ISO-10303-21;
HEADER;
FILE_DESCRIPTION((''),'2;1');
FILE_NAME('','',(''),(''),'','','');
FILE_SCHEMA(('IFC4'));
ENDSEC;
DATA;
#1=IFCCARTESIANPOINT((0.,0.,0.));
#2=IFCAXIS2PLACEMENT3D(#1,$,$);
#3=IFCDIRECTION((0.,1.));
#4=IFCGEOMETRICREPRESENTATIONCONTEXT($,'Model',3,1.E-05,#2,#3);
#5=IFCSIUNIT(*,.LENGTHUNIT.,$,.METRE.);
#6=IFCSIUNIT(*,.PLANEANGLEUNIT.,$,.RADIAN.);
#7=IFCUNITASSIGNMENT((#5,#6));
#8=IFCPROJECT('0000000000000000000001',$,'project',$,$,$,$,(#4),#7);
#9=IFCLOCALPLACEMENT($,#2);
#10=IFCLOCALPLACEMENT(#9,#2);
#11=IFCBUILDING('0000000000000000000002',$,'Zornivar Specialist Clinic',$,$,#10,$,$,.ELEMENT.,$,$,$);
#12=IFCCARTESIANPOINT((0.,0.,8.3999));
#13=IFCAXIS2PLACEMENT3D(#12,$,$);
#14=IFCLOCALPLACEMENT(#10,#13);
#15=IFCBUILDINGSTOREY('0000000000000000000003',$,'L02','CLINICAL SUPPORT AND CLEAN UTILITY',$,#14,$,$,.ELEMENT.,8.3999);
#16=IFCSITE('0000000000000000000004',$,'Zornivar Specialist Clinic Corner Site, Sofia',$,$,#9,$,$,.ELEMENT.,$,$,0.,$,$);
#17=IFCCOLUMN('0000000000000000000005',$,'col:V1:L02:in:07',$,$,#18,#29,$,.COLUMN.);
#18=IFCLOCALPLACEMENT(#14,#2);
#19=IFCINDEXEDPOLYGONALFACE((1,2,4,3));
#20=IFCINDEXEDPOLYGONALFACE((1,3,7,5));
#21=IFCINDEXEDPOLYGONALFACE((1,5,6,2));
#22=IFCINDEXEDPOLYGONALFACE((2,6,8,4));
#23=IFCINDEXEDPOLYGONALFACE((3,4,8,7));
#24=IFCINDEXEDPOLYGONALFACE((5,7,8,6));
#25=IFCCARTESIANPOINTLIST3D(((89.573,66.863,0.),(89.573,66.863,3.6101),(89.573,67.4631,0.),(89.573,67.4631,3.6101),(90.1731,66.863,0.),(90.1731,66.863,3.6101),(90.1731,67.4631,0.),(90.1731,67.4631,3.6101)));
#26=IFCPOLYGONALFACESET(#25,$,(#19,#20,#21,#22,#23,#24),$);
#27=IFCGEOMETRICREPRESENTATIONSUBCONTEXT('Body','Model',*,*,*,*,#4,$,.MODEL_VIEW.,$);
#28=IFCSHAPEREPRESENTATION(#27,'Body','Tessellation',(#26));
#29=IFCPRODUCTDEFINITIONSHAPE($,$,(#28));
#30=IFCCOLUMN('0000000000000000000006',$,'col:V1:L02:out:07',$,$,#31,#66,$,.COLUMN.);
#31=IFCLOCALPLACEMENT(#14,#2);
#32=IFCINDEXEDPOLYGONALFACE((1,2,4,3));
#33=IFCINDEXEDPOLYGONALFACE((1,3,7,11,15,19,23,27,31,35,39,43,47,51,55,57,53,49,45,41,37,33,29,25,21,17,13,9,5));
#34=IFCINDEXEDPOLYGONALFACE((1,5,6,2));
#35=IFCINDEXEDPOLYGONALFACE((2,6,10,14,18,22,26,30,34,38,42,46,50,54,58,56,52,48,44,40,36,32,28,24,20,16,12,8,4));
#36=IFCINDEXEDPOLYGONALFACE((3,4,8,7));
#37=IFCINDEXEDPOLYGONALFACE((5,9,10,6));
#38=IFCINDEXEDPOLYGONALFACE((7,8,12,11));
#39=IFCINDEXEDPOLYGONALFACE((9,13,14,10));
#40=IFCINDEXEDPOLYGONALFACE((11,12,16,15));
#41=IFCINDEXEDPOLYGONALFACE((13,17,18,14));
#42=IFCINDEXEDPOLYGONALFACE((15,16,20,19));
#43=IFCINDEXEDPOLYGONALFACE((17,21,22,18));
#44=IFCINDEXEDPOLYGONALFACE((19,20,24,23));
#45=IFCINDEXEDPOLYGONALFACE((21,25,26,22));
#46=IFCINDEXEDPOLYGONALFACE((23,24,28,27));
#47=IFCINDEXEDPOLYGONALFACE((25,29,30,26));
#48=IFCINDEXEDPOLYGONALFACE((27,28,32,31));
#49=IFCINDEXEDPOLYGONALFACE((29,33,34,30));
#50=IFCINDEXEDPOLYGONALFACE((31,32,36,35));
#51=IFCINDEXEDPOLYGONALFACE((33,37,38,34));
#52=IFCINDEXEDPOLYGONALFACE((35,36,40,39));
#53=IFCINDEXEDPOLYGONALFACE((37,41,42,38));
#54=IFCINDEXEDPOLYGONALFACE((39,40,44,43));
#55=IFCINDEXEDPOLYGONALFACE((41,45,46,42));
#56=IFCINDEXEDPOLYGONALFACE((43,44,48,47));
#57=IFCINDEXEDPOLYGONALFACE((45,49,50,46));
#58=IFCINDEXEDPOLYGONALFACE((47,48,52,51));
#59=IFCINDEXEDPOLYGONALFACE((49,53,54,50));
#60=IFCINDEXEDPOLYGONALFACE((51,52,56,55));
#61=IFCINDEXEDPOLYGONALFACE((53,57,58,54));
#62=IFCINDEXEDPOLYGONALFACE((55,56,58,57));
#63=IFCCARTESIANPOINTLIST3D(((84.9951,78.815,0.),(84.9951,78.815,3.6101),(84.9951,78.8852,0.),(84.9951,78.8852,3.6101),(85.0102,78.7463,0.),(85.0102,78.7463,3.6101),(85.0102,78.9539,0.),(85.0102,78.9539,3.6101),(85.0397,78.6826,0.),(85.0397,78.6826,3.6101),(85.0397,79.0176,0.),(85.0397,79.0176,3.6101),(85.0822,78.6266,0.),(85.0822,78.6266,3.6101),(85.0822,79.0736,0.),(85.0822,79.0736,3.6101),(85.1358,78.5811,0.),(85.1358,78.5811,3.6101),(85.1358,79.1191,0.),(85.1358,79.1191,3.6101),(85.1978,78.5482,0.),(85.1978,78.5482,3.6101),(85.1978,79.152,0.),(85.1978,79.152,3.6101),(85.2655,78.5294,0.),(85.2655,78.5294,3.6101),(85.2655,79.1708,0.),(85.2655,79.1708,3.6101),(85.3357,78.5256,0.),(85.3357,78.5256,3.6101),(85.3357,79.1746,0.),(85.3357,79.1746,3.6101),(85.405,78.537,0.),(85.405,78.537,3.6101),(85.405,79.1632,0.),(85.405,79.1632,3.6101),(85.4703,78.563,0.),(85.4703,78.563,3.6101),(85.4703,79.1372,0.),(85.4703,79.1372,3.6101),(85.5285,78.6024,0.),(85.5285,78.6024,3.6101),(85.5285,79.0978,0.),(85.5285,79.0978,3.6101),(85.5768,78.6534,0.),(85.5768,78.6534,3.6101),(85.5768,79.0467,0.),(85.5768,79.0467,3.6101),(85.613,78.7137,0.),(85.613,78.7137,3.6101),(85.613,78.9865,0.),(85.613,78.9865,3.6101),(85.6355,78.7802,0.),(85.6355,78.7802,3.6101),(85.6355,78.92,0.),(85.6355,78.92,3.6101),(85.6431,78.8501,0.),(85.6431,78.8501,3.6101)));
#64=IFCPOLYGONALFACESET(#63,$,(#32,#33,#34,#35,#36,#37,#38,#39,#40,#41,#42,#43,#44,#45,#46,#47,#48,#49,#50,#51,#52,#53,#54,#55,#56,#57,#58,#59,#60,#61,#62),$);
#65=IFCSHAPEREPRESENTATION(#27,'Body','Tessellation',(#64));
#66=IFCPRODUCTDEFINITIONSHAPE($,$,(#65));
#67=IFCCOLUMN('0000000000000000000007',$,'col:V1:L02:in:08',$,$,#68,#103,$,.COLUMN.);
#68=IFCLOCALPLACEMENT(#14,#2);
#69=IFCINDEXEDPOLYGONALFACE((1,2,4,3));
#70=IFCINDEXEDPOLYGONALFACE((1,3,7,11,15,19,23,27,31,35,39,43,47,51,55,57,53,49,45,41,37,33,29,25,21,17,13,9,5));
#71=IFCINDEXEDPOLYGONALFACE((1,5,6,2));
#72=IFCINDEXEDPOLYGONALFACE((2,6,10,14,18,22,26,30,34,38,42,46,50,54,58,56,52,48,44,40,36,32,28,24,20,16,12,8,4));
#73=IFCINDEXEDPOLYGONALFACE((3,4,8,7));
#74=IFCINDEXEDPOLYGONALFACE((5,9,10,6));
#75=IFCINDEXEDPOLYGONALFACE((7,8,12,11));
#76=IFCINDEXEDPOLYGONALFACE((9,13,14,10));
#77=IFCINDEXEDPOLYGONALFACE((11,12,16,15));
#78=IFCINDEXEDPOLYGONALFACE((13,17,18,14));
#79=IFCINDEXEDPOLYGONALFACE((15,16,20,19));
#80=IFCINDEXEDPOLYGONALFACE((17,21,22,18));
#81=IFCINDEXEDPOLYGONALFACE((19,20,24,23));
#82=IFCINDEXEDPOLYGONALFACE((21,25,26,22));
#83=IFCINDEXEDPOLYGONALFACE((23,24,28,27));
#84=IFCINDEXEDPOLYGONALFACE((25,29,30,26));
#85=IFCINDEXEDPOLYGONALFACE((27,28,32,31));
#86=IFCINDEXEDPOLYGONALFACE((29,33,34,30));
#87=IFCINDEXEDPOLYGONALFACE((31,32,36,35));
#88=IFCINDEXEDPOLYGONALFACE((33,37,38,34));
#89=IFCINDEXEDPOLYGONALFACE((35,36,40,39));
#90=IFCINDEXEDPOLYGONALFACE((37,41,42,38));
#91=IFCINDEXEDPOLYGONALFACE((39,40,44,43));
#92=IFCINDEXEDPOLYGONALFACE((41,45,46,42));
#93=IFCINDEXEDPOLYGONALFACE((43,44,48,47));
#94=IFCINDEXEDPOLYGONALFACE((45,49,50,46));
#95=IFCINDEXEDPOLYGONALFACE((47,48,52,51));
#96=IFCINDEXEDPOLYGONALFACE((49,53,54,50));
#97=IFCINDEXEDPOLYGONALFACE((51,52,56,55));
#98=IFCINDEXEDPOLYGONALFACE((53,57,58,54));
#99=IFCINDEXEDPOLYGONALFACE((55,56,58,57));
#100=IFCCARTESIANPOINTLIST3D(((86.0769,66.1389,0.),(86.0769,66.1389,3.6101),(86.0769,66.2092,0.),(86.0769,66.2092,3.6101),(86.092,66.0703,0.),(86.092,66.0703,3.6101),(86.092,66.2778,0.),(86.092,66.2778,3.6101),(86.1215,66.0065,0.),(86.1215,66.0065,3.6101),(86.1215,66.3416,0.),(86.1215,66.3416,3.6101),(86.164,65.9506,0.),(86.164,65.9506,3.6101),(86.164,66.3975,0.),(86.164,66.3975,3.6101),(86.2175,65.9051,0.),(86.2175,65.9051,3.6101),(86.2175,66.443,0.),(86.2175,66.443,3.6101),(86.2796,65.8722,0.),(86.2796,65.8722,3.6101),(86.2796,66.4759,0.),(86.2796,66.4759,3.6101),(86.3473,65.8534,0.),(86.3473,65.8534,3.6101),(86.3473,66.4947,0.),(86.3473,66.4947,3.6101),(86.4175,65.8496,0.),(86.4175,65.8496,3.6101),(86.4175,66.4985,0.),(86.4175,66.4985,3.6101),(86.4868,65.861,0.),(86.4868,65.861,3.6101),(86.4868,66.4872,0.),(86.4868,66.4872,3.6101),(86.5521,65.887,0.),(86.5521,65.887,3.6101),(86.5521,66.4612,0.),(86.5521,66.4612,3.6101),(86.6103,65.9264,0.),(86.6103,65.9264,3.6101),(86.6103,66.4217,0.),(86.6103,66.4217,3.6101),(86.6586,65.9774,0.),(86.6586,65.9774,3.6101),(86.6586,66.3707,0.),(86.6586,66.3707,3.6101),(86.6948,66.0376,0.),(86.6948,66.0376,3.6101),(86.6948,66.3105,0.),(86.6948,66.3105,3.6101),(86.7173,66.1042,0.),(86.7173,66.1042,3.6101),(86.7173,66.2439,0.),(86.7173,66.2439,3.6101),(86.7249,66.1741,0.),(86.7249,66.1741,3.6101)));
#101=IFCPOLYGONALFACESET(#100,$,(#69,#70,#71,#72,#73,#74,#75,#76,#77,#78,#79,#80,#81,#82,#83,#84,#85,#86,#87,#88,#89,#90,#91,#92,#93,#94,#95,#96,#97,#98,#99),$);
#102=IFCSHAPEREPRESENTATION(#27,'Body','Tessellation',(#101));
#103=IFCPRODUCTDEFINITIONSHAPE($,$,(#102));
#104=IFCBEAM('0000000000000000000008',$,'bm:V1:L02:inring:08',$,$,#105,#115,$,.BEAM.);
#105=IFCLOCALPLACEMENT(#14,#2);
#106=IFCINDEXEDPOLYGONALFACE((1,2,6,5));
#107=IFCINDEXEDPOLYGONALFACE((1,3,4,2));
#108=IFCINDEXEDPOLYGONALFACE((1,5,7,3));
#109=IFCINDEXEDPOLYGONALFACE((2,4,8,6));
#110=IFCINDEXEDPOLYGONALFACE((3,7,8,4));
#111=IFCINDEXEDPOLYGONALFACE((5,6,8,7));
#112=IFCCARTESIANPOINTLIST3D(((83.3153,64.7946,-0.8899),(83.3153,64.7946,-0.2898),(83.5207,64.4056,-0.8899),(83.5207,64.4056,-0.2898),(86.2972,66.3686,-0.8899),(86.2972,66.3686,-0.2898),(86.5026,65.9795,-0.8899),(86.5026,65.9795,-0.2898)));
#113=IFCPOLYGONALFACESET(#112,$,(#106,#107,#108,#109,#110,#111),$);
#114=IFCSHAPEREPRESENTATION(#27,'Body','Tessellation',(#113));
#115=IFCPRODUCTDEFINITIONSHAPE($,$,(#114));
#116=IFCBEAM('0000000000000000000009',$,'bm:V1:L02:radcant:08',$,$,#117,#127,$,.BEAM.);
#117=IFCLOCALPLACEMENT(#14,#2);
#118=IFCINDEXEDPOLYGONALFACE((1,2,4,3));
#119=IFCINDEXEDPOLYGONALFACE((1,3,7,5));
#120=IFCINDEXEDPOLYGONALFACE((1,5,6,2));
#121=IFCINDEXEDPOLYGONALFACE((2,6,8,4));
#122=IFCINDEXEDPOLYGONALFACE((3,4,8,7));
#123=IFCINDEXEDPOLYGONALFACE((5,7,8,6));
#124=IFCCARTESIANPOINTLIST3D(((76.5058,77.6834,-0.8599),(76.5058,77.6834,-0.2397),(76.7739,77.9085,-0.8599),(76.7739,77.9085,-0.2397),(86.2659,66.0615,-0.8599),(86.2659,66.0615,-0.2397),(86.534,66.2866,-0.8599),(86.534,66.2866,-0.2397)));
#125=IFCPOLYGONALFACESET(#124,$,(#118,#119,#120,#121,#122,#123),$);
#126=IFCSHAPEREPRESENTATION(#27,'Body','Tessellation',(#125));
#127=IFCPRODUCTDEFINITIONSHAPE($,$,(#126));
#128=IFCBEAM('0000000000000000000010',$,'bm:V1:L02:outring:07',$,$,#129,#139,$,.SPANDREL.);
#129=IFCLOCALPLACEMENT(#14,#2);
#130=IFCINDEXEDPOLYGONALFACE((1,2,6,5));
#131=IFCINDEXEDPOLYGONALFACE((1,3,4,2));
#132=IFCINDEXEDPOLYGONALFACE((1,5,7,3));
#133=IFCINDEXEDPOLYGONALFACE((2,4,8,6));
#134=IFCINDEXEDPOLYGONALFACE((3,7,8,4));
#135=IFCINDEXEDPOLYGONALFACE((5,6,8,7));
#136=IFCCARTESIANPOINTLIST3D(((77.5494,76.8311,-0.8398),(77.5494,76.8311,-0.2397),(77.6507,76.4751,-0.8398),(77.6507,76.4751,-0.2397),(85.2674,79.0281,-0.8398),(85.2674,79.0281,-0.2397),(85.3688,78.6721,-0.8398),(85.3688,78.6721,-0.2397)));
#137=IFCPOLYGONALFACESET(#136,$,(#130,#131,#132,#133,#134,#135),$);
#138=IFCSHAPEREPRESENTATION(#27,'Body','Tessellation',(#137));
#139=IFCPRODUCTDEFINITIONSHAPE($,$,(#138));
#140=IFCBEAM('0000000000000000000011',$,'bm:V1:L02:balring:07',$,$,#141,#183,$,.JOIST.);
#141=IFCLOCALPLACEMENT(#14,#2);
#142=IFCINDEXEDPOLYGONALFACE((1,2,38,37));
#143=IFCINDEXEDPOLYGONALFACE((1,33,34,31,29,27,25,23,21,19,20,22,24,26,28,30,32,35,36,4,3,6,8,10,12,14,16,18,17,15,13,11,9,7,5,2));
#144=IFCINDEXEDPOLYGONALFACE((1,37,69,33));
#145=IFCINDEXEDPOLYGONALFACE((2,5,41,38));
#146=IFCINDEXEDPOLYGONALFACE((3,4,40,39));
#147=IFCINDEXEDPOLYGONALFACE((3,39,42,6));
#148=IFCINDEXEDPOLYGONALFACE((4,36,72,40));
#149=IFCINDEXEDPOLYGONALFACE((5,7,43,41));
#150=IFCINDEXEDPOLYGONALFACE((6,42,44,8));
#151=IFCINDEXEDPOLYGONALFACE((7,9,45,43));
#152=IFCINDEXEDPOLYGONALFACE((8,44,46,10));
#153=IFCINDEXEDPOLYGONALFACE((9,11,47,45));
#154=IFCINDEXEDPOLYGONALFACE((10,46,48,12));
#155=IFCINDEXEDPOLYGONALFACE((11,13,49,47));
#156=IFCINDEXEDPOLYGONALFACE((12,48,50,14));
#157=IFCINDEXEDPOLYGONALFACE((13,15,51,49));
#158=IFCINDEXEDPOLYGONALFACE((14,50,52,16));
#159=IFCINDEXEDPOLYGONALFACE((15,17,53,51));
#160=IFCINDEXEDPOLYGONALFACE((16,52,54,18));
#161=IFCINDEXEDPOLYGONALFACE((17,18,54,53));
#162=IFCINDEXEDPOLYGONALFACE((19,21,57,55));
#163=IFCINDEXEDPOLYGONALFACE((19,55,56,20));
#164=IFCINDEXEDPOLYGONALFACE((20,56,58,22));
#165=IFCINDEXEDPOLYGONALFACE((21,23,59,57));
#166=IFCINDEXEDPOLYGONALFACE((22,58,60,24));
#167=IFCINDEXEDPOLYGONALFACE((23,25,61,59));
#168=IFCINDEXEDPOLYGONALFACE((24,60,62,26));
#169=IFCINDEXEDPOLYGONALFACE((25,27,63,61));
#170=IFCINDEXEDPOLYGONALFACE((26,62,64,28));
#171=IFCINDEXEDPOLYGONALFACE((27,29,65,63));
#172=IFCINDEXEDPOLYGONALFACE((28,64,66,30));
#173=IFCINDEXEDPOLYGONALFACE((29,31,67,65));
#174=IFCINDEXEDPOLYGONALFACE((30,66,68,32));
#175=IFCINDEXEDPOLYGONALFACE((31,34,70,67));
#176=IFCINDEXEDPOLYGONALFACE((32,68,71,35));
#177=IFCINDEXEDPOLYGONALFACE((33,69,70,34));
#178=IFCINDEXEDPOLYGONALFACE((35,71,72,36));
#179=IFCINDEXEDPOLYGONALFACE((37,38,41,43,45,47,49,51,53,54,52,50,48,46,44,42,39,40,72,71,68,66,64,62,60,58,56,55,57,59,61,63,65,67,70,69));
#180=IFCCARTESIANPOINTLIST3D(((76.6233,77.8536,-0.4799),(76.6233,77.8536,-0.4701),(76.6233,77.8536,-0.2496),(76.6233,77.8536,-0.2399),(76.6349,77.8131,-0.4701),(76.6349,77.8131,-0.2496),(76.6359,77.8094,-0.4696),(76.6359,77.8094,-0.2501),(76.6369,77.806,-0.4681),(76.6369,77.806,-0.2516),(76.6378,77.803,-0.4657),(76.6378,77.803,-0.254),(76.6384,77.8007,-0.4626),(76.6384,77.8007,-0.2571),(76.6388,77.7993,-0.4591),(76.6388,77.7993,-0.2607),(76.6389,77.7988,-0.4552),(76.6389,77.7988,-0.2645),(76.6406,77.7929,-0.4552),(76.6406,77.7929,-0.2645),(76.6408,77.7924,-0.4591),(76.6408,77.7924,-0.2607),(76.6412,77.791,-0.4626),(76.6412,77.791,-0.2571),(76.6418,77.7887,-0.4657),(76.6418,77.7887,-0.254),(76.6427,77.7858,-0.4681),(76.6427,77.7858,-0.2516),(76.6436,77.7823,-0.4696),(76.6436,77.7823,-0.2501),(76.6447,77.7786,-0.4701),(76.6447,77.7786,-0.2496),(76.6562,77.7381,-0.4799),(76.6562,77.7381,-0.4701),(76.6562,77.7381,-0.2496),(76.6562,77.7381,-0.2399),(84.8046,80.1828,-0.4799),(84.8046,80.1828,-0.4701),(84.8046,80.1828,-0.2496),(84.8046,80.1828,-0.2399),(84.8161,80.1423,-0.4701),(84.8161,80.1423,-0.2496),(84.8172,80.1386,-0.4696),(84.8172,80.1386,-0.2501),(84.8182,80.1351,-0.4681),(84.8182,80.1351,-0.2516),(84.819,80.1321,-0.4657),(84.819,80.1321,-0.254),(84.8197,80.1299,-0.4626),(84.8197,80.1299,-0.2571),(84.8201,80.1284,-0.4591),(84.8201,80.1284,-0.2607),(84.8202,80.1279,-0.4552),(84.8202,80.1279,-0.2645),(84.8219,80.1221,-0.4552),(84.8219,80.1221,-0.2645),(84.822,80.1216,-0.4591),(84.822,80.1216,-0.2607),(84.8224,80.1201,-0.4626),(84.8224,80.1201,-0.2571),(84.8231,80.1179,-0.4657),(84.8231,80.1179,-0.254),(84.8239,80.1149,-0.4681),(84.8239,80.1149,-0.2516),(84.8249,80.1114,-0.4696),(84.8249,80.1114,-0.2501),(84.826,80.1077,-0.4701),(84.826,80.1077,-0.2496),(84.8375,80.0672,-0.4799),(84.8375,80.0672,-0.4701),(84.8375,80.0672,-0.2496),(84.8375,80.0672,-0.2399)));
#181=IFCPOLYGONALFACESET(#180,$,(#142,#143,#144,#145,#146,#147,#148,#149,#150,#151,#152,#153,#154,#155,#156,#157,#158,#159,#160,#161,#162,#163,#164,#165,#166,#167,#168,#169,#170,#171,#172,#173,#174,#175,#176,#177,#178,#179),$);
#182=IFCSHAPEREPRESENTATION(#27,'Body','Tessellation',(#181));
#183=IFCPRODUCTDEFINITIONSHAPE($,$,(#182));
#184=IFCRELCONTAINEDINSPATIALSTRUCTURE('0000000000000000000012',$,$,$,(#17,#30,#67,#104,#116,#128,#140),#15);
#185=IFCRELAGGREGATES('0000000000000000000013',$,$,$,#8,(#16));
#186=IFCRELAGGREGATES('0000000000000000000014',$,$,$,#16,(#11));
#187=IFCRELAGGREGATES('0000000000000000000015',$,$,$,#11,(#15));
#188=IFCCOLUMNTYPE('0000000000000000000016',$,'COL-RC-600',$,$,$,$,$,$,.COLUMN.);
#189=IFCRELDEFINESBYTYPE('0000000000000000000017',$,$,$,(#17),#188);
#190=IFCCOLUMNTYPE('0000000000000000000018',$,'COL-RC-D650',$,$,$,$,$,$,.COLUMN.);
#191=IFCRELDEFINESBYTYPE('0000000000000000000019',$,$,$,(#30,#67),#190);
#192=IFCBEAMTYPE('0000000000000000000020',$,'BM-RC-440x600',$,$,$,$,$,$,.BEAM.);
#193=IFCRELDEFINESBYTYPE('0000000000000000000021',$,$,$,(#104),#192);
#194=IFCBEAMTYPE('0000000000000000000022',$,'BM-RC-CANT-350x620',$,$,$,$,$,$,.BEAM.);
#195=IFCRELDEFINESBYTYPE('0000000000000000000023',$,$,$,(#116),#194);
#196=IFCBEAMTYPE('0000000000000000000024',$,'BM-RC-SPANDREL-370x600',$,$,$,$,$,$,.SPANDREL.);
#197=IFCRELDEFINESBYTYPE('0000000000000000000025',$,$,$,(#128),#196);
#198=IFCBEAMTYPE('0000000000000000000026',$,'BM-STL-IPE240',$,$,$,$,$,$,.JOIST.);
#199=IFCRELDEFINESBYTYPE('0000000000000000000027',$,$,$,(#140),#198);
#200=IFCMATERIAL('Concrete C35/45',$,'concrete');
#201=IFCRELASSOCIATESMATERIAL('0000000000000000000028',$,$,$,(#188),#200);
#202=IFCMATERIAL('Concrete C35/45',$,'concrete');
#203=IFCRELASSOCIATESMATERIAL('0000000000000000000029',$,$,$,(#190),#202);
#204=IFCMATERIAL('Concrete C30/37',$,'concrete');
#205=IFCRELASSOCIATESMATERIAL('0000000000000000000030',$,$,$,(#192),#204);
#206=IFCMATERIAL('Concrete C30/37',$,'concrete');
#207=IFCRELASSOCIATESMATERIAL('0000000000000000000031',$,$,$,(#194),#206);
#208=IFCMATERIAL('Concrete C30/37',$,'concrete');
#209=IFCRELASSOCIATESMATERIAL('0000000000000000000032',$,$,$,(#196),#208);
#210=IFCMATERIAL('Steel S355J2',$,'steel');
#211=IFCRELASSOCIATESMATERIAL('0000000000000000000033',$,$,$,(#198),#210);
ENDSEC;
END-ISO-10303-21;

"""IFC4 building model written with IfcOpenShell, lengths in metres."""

from ifc_helpers import new_model, si_unit, direction, frame, origin, origin_2d, place, context, subcontext, project, spatial, rectangle, circle, i_section, extrude, material, material_profile, profile_set, type_object, element, save


model = new_model("IFC4")

# Units and contexts
model_context = context("Model", 3, precision=1e-05, world=origin(), true_north=direction((0.0, 1.0)))
body_context = subcontext(model_context, "Body", "Model", "MODEL_VIEW")
ifc_project = project(units=[si_unit("LENGTHUNIT", "METRE"), si_unit("PLANEANGLEUNIT", "RADIAN")], contexts=[model_context])

# Site, building, storey
site_placement = place(None, origin())
site = spatial("IfcSite", under=ifc_project, at=site_placement, Name="Zornivar Specialist Clinic Corner Site, Sofia", CompositionType="ELEMENT", RefElevation=0.0)
building_placement = place(site_placement, origin())
building = spatial("IfcBuilding", under=site, at=building_placement, Name="Zornivar Specialist Clinic", CompositionType="ELEMENT")
storey_placement = place(building_placement, frame((0.0, 0.0, 8.3999)))
storey = spatial("IfcBuildingStorey", under=building, at=storey_placement, Name="L02", Description="CLINICAL SUPPORT AND CLEAN UTILITY", CompositionType="ELEMENT", Elevation=8.3999)

# Columns
ifc_material_1 = material(Name="Concrete C35/45", Category="concrete")
ifc_material_profile_1 = material_profile(ifc_material_1, rectangle(XDim=0.6001, YDim=0.6001, at=origin_2d()), Name="RC 600x600")
ifc_profile_set_1 = profile_set([ifc_material_profile_1], Name="Concrete C35/45")
column_type_1 = type_object("IfcColumnType", Name="COL-RC-600", PredefinedType="COLUMN", material=ifc_profile_set_1)
column_placement = place(storey_placement, frame((89.873, 67.1631, 0.0), z_axis=(0.0, 0.0, 1.0), x_axis=(1.0, 0.0, 0.0)))
element("IfcColumn", 1, at=column_placement, inside=storey, type_object=column_type_1, Name="col:V1:L02:in:07", PredefinedType="COLUMN", context=body_context, shape_type="SweptSolid", body=[
    extrude(rectangle(XDim=0.6001, YDim=0.6001, at=origin_2d()), origin(), (0.0, 0.0, 1.0), 3.6101),
])
ifc_material_2 = material(Name="Concrete C35/45", Category="concrete")
ifc_material_profile_2 = material_profile(ifc_material_2, circle(Radius=0.325, at=origin_2d()), Name="RC D650")
ifc_profile_set_2 = profile_set([ifc_material_profile_2], Name="Concrete C35/45")
column_type_2 = type_object("IfcColumnType", Name="COL-RC-D650", PredefinedType="COLUMN", material=ifc_profile_set_2)
for number, where, z_axis, x_axis, name in (
    (2, (85.3181, 78.8501, 0.0), (0.0, 0.0, 1.0), (1.0, 0.0, 0.0), "col:V1:L02:out:07"),
    (3, (86.3999, 66.1741, 0.0), (0.0, 0.0, 1.0), (1.0, 0.0, 0.0), "col:V1:L02:in:08"),
):
    element("IfcColumn", number, at=place(storey_placement, frame(where, z_axis=z_axis, x_axis=x_axis)), inside=storey, type_object=column_type_2, Name=name, PredefinedType="COLUMN", context=body_context, shape_type="SweptSolid", body=[
        extrude(circle(Radius=0.325, at=origin_2d()), origin(), (0.0, 0.0, 1.0), 3.6101),
    ])

# Beams
ifc_material_3 = material(Name="Concrete C30/37", Category="concrete")
ifc_material_profile_3 = material_profile(ifc_material_3, rectangle(XDim=0.4399, YDim=0.6001, at=origin_2d()), Name="RC 440x600")
ifc_profile_set_3 = profile_set([ifc_material_profile_3], Name="Concrete C30/37")
beam_type_1 = type_object("IfcBeamType", Name="BM-RC-440x600", PredefinedType="BEAM", material=ifc_profile_set_3)
beam_1_placement = place(storey_placement, frame((86.3999, 66.1741, -0.5898), z_axis=(-0.884363, -0.4668, 0.0), x_axis=(0.4668, -0.884363, 0.0)))
element("IfcBeam", 4, at=beam_1_placement, inside=storey, type_object=beam_type_1, Name="bm:V1:L02:inring:08", PredefinedType="BEAM", context=body_context, shape_type="SweptSolid", body=[
    extrude(rectangle(XDim=0.4399, YDim=0.6001, at=origin_2d()), origin(), (0.0, 0.0, 1.0), 3.3718),
])
ifc_material_4 = material(Name="Concrete C30/37", Category="concrete")
ifc_material_profile_4 = material_profile(ifc_material_4, rectangle(XDim=0.3501, YDim=0.6201, at=origin_2d()), Name="RC 350x620")
ifc_profile_set_4 = profile_set([ifc_material_profile_4], Name="Concrete C30/37")
beam_type_2 = type_object("IfcBeamType", Name="BM-RC-CANT-350x620", PredefinedType="BEAM", material=ifc_profile_set_4)
beam_2_placement = place(storey_placement, frame((86.3999, 66.1741, -0.5498), z_axis=(-0.643102, 0.76578, 0.0), x_axis=(-0.76578, -0.643102, 0.0)))
element("IfcBeam", 5, at=beam_2_placement, inside=storey, type_object=beam_type_2, Name="bm:V1:L02:radcant:08", PredefinedType="BEAM", context=body_context, shape_type="SweptSolid", body=[
    extrude(rectangle(XDim=0.3501, YDim=0.6201, at=origin_2d()), origin(), (0.0, 0.0, 1.0), 15.1765),
])
ifc_material_5 = material(Name="Concrete C30/37", Category="concrete")
ifc_material_profile_5 = material_profile(ifc_material_5, rectangle(XDim=0.3701, YDim=0.6001, at=origin_2d()), Name="RC 370x600")
ifc_profile_set_5 = profile_set([ifc_material_profile_5], Name="Concrete C30/37")
beam_type_3 = type_object("IfcBeamType", Name="BM-RC-SPANDREL-370x600", PredefinedType="SPANDREL", material=ifc_profile_set_5)
beam_3_placement = place(storey_placement, frame((85.3181, 78.8501, -0.5398), z_axis=(-0.961791, -0.273785, 0.0), x_axis=(0.273785, -0.961791, 0.0)))
element("IfcBeam", 6, at=beam_3_placement, inside=storey, type_object=beam_type_3, Name="bm:V1:L02:outring:07", PredefinedType="SPANDREL", context=body_context, shape_type="SweptSolid", body=[
    extrude(rectangle(XDim=0.3701, YDim=0.6001, at=origin_2d()), origin(), (0.0, 0.0, 1.0), 8.0247),
])
ifc_material_6 = material(Name="Steel S355J2", Category="steel")
ifc_material_profile_6 = material_profile(ifc_material_6, i_section(OverallWidth=0.1201, OverallDepth=0.24, WebThickness=0.0061, FlangeThickness=0.0098, FilletRadius=0.0149, at=origin_2d()), Name="IPE 240")
ifc_profile_set_6 = profile_set([ifc_material_profile_6], Name="Steel S355J2")
beam_type_4 = type_object("IfcBeamType", Name="BM-STL-IPE240", PredefinedType="JOIST", material=ifc_profile_set_6)
beam_4_placement = place(storey_placement, frame((84.821, 80.125, -0.3599), z_axis=(-0.961783, -0.273811, 0.0), x_axis=(0.273811, -0.961783, 0.0)))
element("IfcBeam", 7, at=beam_4_placement, inside=storey, type_object=beam_type_4, Name="bm:V1:L02:balring:07", PredefinedType="JOIST", context=body_context, shape_type="SweptSolid", body=[
    extrude(i_section(OverallWidth=0.1201, OverallDepth=0.24, WebThickness=0.0061, FlangeThickness=0.0098, FilletRadius=0.0149, at=origin_2d()), origin(), (0.0, 0.0, 1.0), 8.5063),
])

save(model, "model.ifc")
